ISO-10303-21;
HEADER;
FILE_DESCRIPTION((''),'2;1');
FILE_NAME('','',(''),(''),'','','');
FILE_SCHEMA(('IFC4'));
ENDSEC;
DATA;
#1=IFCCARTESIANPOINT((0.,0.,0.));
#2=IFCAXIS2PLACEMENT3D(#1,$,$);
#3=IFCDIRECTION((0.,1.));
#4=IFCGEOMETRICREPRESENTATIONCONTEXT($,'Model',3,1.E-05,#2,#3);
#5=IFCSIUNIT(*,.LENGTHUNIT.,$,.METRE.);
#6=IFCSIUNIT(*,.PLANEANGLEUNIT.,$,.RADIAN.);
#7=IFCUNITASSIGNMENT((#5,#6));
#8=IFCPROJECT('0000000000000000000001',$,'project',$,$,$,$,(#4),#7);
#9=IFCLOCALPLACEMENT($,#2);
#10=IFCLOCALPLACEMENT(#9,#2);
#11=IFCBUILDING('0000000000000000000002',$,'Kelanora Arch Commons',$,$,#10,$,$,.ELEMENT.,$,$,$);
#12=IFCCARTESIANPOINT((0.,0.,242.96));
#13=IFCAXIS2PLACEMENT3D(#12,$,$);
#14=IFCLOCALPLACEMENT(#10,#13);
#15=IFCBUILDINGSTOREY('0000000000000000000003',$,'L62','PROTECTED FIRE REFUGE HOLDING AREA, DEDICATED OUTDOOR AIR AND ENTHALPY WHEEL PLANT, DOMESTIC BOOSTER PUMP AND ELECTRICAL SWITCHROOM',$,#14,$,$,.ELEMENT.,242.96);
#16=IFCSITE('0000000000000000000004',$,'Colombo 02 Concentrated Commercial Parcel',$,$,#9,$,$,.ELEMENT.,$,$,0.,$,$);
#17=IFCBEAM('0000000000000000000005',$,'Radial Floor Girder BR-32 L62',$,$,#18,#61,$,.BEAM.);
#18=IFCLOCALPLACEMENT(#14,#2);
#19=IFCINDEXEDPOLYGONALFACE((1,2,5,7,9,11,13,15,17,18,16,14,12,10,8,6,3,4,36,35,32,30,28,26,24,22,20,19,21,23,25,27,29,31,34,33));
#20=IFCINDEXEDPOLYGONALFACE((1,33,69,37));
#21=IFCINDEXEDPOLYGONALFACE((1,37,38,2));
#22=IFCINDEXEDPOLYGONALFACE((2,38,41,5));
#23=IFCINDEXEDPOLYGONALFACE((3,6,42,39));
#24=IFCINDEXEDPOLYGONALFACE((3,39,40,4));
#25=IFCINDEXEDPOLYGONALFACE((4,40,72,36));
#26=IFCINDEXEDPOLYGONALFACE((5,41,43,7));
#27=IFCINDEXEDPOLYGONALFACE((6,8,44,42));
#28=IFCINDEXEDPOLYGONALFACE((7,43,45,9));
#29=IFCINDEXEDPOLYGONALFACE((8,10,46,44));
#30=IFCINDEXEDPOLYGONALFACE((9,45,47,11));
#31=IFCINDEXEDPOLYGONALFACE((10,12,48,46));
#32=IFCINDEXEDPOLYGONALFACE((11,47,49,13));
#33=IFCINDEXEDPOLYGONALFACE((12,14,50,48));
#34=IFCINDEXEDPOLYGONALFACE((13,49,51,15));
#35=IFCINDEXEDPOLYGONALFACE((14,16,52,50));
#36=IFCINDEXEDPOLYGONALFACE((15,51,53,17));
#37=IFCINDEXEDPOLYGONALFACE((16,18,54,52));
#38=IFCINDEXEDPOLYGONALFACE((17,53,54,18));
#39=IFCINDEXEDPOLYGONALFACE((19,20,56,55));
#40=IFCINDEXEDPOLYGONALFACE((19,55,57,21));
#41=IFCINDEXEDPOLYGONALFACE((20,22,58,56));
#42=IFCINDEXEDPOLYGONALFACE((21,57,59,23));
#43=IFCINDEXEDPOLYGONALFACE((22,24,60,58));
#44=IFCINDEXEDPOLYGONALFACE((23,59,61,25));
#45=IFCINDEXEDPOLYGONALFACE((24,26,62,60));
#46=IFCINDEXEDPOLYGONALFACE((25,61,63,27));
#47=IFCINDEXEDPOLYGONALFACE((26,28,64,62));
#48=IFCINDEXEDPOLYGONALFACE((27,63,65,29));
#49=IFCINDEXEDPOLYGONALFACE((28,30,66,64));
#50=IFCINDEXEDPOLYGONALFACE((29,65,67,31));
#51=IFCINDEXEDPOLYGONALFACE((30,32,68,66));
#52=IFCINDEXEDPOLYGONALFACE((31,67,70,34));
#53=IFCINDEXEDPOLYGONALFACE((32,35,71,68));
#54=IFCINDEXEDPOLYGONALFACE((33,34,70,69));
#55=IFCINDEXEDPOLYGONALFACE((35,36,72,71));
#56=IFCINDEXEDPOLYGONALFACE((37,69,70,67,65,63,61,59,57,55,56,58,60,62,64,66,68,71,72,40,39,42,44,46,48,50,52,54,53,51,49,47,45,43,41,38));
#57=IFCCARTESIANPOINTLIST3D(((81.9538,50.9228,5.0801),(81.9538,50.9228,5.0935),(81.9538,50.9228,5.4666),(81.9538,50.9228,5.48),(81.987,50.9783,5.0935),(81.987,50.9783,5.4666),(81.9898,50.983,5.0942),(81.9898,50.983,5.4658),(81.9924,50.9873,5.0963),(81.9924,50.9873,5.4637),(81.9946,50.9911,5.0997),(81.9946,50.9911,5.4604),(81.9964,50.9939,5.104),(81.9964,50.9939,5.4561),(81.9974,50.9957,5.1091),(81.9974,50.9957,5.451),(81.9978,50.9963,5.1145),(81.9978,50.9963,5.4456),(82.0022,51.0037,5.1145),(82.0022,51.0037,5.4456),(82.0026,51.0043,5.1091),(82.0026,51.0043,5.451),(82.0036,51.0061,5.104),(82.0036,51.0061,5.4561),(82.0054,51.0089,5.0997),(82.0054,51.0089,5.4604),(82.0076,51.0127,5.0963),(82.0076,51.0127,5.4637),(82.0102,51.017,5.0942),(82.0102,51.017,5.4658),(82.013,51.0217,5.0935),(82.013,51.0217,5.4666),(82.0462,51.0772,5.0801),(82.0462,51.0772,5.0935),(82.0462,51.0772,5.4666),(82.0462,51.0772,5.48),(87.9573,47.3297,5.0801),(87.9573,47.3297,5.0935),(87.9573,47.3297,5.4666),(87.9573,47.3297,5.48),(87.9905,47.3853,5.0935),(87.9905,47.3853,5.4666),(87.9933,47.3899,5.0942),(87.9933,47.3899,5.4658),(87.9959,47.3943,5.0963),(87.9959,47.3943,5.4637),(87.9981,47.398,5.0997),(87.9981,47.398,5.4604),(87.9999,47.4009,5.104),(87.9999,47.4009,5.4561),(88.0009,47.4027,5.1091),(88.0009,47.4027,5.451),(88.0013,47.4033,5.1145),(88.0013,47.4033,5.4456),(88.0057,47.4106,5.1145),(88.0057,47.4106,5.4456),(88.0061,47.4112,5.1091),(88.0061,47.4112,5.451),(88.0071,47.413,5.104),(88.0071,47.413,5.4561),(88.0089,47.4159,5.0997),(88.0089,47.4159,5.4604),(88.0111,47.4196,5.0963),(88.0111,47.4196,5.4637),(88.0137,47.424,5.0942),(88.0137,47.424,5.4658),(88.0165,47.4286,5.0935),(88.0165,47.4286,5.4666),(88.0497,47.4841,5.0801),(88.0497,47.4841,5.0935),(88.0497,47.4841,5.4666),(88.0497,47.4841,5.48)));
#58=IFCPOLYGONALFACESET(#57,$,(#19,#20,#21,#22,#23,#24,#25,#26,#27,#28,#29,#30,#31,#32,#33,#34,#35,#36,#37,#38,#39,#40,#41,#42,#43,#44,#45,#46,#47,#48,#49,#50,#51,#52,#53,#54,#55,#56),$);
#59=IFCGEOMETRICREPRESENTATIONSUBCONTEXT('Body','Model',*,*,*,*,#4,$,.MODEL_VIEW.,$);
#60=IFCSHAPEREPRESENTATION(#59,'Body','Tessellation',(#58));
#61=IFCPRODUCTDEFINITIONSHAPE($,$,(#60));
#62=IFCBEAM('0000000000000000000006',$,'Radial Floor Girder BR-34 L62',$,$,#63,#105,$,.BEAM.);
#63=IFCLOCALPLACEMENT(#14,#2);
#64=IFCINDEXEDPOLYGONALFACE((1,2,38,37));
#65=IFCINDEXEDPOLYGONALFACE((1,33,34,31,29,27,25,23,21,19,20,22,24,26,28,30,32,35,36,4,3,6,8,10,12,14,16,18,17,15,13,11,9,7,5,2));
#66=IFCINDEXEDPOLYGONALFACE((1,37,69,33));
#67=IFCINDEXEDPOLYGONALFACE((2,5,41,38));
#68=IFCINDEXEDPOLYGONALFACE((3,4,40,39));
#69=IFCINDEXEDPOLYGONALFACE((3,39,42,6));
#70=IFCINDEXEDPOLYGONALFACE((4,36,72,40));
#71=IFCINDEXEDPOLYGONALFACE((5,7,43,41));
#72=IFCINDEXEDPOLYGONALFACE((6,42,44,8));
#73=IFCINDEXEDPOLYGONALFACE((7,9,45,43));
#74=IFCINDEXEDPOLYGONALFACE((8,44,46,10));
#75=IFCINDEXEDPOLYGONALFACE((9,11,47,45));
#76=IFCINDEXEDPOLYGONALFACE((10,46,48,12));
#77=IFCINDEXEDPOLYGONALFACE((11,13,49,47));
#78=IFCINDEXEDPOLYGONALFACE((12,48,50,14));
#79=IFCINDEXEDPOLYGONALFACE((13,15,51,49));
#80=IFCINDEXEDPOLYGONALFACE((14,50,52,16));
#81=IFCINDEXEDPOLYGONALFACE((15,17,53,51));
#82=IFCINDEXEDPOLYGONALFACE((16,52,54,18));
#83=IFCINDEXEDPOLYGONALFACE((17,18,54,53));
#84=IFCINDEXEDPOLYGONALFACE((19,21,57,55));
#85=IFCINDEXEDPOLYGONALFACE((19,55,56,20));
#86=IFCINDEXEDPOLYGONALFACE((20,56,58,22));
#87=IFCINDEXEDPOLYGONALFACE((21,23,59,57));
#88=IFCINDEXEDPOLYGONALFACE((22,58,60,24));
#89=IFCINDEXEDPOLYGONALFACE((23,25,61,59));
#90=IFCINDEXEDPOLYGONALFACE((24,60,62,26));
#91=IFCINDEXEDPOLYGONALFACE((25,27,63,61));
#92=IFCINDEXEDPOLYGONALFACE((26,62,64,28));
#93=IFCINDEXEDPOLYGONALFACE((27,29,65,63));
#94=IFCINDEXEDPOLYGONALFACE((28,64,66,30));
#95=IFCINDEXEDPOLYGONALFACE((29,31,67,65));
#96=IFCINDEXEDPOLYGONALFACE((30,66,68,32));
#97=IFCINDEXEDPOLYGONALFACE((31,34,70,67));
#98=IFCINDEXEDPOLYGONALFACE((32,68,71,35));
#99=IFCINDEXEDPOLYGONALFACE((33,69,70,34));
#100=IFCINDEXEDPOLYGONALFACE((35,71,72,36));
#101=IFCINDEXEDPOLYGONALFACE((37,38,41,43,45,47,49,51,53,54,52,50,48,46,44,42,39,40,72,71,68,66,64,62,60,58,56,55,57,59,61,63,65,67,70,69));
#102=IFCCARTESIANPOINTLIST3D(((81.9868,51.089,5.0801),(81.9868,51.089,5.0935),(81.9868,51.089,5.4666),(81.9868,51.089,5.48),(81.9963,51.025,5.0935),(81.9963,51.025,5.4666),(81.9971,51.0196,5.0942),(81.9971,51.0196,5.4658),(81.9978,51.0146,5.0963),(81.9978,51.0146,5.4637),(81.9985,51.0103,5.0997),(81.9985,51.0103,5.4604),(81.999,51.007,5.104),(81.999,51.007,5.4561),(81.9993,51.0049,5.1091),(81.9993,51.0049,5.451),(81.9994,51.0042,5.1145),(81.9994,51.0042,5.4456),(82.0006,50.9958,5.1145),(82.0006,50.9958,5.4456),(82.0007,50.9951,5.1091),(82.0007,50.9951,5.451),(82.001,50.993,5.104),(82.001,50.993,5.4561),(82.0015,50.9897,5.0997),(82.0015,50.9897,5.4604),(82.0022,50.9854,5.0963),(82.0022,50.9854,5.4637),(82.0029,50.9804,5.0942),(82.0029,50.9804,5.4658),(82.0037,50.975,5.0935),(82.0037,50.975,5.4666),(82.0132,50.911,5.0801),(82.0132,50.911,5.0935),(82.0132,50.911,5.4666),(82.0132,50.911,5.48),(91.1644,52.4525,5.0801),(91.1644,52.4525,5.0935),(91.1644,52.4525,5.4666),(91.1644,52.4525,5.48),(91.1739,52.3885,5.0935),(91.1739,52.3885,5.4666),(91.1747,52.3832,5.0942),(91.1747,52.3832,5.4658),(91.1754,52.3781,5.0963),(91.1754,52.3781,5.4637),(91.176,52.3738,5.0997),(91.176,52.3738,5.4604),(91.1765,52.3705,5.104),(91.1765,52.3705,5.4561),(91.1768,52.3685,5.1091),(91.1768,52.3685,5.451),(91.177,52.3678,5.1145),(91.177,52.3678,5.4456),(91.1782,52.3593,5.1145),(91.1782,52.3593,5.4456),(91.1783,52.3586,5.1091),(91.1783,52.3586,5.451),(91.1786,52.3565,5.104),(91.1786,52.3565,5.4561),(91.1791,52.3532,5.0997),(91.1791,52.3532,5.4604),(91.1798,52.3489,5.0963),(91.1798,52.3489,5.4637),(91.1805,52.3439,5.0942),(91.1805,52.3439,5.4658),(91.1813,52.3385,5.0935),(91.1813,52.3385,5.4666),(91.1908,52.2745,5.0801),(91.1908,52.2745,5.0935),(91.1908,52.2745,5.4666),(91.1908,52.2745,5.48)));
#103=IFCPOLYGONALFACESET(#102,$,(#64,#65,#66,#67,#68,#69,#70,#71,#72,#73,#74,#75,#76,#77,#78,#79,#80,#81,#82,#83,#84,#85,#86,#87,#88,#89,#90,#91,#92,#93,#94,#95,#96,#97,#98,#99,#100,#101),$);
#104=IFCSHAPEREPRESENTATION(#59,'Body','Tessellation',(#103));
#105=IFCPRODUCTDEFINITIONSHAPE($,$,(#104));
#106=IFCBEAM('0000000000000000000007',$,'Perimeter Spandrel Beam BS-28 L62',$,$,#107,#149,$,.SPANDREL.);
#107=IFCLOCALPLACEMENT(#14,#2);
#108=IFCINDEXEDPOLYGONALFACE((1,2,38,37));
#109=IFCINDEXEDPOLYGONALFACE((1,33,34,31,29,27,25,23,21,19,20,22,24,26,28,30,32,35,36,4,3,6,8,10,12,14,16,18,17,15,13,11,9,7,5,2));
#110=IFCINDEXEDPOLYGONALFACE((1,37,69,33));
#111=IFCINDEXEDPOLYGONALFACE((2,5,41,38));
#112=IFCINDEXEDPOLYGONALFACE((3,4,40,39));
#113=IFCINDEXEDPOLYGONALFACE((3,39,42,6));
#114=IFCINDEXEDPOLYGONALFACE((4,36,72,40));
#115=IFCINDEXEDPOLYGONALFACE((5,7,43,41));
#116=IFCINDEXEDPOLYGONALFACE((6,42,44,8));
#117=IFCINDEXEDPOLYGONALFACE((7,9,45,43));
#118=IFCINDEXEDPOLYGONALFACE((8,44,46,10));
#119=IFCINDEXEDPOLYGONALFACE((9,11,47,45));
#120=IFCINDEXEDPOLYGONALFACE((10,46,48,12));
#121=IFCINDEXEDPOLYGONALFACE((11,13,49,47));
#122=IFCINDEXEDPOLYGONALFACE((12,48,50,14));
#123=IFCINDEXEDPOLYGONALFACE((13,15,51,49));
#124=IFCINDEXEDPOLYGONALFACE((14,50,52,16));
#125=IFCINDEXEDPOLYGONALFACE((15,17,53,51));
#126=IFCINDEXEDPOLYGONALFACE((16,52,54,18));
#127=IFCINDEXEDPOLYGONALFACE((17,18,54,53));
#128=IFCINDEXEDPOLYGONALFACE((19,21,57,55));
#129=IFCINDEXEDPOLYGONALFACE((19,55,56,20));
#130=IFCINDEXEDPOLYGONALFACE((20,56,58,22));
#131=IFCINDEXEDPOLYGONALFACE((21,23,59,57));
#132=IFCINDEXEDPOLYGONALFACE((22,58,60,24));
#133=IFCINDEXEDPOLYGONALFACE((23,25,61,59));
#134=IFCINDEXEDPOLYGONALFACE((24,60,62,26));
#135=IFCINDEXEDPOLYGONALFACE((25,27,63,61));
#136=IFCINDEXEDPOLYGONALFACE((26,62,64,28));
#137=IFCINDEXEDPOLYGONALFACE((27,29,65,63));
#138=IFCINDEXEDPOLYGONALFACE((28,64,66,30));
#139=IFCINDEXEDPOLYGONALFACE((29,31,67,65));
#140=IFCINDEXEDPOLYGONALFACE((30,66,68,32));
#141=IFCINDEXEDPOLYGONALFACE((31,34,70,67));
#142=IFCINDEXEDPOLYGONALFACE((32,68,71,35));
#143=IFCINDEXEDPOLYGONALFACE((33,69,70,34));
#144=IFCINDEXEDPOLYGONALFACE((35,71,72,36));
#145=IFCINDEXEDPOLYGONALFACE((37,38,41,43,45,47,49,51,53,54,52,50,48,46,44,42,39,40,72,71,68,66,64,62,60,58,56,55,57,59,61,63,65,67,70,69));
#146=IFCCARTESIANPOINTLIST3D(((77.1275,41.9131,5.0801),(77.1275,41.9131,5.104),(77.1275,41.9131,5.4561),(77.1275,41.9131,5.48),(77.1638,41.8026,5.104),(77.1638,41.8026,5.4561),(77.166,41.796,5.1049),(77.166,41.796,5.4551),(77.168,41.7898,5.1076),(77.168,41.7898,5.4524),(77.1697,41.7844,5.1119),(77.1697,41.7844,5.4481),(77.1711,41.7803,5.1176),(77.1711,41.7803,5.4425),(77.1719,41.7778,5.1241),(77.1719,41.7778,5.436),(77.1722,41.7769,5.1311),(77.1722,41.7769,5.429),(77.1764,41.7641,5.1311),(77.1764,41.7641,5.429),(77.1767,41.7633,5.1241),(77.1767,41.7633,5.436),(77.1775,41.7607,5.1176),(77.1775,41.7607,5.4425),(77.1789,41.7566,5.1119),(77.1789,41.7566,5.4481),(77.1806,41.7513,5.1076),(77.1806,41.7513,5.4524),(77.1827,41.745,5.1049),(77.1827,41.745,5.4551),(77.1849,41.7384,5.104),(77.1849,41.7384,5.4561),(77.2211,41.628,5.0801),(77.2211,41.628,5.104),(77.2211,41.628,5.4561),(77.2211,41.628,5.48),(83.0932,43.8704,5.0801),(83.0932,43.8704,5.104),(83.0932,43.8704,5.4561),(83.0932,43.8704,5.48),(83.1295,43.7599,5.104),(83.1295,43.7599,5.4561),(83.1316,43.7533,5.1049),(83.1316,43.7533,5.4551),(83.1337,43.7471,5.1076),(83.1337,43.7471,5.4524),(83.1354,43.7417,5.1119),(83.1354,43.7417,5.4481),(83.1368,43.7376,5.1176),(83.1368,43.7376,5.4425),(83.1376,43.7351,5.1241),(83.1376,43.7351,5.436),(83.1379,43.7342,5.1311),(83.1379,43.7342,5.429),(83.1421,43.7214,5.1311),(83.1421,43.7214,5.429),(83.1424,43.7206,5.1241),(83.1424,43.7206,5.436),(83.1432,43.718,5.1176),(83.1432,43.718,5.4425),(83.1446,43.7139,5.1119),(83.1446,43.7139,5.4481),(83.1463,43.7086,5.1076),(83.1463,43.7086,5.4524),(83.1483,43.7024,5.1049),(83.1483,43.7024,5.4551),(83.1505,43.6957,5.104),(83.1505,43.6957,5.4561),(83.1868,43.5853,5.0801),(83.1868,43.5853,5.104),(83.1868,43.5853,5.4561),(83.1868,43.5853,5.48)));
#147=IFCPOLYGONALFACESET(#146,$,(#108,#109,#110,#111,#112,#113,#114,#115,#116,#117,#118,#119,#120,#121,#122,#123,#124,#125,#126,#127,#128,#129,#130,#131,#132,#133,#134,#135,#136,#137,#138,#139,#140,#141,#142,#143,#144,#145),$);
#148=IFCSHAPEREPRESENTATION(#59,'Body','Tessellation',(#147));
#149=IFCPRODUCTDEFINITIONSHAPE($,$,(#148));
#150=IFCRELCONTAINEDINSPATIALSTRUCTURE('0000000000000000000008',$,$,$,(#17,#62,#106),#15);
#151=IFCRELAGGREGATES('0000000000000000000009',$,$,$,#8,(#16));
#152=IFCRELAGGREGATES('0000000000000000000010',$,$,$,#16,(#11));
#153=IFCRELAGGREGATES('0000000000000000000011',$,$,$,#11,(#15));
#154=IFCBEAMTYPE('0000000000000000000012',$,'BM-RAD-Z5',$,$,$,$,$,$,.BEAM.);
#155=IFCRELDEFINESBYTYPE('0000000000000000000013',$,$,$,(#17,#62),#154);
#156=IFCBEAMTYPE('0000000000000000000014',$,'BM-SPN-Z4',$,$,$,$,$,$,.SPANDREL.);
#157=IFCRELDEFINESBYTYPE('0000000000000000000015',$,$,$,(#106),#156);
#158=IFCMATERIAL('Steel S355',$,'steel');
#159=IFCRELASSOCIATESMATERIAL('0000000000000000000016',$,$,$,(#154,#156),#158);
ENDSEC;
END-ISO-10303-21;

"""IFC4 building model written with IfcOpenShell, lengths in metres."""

from ifc_helpers import new_model, si_unit, direction, frame, origin, origin_2d, place, context, subcontext, project, spatial, i_section, extrude, material, material_profile, profile_set, type_object, element, save


model = new_model("IFC4")

# Units and contexts
model_context = context("Model", 3, precision=1e-05, world=origin(), true_north=direction((0.0, 1.0)))
body_context = subcontext(model_context, "Body", "Model", "MODEL_VIEW")
ifc_project = project(units=[si_unit("LENGTHUNIT", "METRE"), si_unit("PLANEANGLEUNIT", "RADIAN")], contexts=[model_context])

# Site, building, storey
site_placement = place(None, origin())
site = spatial("IfcSite", under=ifc_project, at=site_placement, Name="Colombo 02 Concentrated Commercial Parcel", CompositionType="ELEMENT", RefElevation=0.0)
building_placement = place(site_placement, origin())
building = spatial("IfcBuilding", under=site, at=building_placement, Name="Kelanora Arch Commons", CompositionType="ELEMENT")
storey_placement = place(building_placement, frame((0.0, 0.0, 242.96)))
storey = spatial("IfcBuildingStorey", under=building, at=storey_placement, Name="L62", Description="PROTECTED FIRE REFUGE HOLDING AREA, DEDICATED OUTDOOR AIR AND ENTHALPY WHEEL PLANT, DOMESTIC BOOSTER PUMP AND ELECTRICAL SWITCHROOM", CompositionType="ELEMENT", Elevation=242.96)

# Beams
ifc_material_1 = material(Name="Steel S355", Category="steel")
ifc_material_profile_1 = material_profile(ifc_material_1, i_section(OverallWidth=0.1799, OverallDepth=0.3999, WebThickness=0.0085, FlangeThickness=0.0134, FilletRadius=0.021, at=origin_2d()), Name="IPE400")
ifc_profile_set_1 = profile_set([ifc_material_profile_1], Name="Steel S355")
beam_type_1 = type_object("IfcBeamType", Name="BM-RAD-Z5", PredefinedType="BEAM", material=ifc_profile_set_1)
beam_1_placement = place(storey_placement, frame((82.0, 51.0, 5.28), z_axis=(0.858062, -0.513546, 0.0), x_axis=(0.513546, 0.858062, 0.0)))
element("IfcBeam", 1, at=beam_1_placement, inside=storey, type_object=beam_type_1, Name="Radial Floor Girder BR-32 L62", PredefinedType="BEAM", context=body_context, shape_type="SweptSolid", body=[
    extrude(i_section(OverallWidth=0.1799, OverallDepth=0.3999, WebThickness=0.0085, FlangeThickness=0.0134, FilletRadius=0.021, at=origin_2d()), origin(), (0.0, 0.0, 1.0), 6.9966),
])
beam_2_placement = place(storey_placement, frame((82.0, 51.0, 5.28), z_axis=(0.989142, 0.14696, 0.0), x_axis=(-0.14696, 0.989142, 0.0)))
element("IfcBeam", 2, at=beam_2_placement, inside=storey, type_object=beam_type_1, Name="Radial Floor Girder BR-34 L62", PredefinedType="BEAM", context=body_context, shape_type="SweptSolid", body=[
    extrude(i_section(OverallWidth=0.1799, OverallDepth=0.3999, WebThickness=0.0085, FlangeThickness=0.0134, FilletRadius=0.021, at=origin_2d()), origin(), (0.0, 0.0, 1.0), 9.2783),
])
ifc_material_profile_2 = material_profile(ifc_material_1, i_section(OverallWidth=0.3, OverallDepth=0.3999, WebThickness=0.0134, FlangeThickness=0.0239, FilletRadius=0.0271, at=origin_2d()), Name="HEB400")
ifc_profile_set_2 = profile_set([ifc_material_profile_2], Name="Steel S355")
beam_type_2 = type_object("IfcBeamType", Name="BM-SPN-Z4", PredefinedType="SPANDREL", material=ifc_profile_set_2)
beam_3_placement = place(storey_placement, frame((77.1743, 41.7705, 5.28), z_axis=(0.950166, 0.311745, 0.0), x_axis=(-0.311745, 0.950166, 0.0)))
element("IfcBeam", 3, at=beam_3_placement, inside=storey, type_object=beam_type_2, Name="Perimeter Spandrel Beam BS-28 L62", PredefinedType="SPANDREL", context=body_context, shape_type="SweptSolid", body=[
    extrude(i_section(OverallWidth=0.3, OverallDepth=0.3999, WebThickness=0.0134, FlangeThickness=0.0239, FilletRadius=0.0271, at=origin_2d()), origin(), (0.0, 0.0, 1.0), 6.2786),
])

save(model, "model.ifc")
